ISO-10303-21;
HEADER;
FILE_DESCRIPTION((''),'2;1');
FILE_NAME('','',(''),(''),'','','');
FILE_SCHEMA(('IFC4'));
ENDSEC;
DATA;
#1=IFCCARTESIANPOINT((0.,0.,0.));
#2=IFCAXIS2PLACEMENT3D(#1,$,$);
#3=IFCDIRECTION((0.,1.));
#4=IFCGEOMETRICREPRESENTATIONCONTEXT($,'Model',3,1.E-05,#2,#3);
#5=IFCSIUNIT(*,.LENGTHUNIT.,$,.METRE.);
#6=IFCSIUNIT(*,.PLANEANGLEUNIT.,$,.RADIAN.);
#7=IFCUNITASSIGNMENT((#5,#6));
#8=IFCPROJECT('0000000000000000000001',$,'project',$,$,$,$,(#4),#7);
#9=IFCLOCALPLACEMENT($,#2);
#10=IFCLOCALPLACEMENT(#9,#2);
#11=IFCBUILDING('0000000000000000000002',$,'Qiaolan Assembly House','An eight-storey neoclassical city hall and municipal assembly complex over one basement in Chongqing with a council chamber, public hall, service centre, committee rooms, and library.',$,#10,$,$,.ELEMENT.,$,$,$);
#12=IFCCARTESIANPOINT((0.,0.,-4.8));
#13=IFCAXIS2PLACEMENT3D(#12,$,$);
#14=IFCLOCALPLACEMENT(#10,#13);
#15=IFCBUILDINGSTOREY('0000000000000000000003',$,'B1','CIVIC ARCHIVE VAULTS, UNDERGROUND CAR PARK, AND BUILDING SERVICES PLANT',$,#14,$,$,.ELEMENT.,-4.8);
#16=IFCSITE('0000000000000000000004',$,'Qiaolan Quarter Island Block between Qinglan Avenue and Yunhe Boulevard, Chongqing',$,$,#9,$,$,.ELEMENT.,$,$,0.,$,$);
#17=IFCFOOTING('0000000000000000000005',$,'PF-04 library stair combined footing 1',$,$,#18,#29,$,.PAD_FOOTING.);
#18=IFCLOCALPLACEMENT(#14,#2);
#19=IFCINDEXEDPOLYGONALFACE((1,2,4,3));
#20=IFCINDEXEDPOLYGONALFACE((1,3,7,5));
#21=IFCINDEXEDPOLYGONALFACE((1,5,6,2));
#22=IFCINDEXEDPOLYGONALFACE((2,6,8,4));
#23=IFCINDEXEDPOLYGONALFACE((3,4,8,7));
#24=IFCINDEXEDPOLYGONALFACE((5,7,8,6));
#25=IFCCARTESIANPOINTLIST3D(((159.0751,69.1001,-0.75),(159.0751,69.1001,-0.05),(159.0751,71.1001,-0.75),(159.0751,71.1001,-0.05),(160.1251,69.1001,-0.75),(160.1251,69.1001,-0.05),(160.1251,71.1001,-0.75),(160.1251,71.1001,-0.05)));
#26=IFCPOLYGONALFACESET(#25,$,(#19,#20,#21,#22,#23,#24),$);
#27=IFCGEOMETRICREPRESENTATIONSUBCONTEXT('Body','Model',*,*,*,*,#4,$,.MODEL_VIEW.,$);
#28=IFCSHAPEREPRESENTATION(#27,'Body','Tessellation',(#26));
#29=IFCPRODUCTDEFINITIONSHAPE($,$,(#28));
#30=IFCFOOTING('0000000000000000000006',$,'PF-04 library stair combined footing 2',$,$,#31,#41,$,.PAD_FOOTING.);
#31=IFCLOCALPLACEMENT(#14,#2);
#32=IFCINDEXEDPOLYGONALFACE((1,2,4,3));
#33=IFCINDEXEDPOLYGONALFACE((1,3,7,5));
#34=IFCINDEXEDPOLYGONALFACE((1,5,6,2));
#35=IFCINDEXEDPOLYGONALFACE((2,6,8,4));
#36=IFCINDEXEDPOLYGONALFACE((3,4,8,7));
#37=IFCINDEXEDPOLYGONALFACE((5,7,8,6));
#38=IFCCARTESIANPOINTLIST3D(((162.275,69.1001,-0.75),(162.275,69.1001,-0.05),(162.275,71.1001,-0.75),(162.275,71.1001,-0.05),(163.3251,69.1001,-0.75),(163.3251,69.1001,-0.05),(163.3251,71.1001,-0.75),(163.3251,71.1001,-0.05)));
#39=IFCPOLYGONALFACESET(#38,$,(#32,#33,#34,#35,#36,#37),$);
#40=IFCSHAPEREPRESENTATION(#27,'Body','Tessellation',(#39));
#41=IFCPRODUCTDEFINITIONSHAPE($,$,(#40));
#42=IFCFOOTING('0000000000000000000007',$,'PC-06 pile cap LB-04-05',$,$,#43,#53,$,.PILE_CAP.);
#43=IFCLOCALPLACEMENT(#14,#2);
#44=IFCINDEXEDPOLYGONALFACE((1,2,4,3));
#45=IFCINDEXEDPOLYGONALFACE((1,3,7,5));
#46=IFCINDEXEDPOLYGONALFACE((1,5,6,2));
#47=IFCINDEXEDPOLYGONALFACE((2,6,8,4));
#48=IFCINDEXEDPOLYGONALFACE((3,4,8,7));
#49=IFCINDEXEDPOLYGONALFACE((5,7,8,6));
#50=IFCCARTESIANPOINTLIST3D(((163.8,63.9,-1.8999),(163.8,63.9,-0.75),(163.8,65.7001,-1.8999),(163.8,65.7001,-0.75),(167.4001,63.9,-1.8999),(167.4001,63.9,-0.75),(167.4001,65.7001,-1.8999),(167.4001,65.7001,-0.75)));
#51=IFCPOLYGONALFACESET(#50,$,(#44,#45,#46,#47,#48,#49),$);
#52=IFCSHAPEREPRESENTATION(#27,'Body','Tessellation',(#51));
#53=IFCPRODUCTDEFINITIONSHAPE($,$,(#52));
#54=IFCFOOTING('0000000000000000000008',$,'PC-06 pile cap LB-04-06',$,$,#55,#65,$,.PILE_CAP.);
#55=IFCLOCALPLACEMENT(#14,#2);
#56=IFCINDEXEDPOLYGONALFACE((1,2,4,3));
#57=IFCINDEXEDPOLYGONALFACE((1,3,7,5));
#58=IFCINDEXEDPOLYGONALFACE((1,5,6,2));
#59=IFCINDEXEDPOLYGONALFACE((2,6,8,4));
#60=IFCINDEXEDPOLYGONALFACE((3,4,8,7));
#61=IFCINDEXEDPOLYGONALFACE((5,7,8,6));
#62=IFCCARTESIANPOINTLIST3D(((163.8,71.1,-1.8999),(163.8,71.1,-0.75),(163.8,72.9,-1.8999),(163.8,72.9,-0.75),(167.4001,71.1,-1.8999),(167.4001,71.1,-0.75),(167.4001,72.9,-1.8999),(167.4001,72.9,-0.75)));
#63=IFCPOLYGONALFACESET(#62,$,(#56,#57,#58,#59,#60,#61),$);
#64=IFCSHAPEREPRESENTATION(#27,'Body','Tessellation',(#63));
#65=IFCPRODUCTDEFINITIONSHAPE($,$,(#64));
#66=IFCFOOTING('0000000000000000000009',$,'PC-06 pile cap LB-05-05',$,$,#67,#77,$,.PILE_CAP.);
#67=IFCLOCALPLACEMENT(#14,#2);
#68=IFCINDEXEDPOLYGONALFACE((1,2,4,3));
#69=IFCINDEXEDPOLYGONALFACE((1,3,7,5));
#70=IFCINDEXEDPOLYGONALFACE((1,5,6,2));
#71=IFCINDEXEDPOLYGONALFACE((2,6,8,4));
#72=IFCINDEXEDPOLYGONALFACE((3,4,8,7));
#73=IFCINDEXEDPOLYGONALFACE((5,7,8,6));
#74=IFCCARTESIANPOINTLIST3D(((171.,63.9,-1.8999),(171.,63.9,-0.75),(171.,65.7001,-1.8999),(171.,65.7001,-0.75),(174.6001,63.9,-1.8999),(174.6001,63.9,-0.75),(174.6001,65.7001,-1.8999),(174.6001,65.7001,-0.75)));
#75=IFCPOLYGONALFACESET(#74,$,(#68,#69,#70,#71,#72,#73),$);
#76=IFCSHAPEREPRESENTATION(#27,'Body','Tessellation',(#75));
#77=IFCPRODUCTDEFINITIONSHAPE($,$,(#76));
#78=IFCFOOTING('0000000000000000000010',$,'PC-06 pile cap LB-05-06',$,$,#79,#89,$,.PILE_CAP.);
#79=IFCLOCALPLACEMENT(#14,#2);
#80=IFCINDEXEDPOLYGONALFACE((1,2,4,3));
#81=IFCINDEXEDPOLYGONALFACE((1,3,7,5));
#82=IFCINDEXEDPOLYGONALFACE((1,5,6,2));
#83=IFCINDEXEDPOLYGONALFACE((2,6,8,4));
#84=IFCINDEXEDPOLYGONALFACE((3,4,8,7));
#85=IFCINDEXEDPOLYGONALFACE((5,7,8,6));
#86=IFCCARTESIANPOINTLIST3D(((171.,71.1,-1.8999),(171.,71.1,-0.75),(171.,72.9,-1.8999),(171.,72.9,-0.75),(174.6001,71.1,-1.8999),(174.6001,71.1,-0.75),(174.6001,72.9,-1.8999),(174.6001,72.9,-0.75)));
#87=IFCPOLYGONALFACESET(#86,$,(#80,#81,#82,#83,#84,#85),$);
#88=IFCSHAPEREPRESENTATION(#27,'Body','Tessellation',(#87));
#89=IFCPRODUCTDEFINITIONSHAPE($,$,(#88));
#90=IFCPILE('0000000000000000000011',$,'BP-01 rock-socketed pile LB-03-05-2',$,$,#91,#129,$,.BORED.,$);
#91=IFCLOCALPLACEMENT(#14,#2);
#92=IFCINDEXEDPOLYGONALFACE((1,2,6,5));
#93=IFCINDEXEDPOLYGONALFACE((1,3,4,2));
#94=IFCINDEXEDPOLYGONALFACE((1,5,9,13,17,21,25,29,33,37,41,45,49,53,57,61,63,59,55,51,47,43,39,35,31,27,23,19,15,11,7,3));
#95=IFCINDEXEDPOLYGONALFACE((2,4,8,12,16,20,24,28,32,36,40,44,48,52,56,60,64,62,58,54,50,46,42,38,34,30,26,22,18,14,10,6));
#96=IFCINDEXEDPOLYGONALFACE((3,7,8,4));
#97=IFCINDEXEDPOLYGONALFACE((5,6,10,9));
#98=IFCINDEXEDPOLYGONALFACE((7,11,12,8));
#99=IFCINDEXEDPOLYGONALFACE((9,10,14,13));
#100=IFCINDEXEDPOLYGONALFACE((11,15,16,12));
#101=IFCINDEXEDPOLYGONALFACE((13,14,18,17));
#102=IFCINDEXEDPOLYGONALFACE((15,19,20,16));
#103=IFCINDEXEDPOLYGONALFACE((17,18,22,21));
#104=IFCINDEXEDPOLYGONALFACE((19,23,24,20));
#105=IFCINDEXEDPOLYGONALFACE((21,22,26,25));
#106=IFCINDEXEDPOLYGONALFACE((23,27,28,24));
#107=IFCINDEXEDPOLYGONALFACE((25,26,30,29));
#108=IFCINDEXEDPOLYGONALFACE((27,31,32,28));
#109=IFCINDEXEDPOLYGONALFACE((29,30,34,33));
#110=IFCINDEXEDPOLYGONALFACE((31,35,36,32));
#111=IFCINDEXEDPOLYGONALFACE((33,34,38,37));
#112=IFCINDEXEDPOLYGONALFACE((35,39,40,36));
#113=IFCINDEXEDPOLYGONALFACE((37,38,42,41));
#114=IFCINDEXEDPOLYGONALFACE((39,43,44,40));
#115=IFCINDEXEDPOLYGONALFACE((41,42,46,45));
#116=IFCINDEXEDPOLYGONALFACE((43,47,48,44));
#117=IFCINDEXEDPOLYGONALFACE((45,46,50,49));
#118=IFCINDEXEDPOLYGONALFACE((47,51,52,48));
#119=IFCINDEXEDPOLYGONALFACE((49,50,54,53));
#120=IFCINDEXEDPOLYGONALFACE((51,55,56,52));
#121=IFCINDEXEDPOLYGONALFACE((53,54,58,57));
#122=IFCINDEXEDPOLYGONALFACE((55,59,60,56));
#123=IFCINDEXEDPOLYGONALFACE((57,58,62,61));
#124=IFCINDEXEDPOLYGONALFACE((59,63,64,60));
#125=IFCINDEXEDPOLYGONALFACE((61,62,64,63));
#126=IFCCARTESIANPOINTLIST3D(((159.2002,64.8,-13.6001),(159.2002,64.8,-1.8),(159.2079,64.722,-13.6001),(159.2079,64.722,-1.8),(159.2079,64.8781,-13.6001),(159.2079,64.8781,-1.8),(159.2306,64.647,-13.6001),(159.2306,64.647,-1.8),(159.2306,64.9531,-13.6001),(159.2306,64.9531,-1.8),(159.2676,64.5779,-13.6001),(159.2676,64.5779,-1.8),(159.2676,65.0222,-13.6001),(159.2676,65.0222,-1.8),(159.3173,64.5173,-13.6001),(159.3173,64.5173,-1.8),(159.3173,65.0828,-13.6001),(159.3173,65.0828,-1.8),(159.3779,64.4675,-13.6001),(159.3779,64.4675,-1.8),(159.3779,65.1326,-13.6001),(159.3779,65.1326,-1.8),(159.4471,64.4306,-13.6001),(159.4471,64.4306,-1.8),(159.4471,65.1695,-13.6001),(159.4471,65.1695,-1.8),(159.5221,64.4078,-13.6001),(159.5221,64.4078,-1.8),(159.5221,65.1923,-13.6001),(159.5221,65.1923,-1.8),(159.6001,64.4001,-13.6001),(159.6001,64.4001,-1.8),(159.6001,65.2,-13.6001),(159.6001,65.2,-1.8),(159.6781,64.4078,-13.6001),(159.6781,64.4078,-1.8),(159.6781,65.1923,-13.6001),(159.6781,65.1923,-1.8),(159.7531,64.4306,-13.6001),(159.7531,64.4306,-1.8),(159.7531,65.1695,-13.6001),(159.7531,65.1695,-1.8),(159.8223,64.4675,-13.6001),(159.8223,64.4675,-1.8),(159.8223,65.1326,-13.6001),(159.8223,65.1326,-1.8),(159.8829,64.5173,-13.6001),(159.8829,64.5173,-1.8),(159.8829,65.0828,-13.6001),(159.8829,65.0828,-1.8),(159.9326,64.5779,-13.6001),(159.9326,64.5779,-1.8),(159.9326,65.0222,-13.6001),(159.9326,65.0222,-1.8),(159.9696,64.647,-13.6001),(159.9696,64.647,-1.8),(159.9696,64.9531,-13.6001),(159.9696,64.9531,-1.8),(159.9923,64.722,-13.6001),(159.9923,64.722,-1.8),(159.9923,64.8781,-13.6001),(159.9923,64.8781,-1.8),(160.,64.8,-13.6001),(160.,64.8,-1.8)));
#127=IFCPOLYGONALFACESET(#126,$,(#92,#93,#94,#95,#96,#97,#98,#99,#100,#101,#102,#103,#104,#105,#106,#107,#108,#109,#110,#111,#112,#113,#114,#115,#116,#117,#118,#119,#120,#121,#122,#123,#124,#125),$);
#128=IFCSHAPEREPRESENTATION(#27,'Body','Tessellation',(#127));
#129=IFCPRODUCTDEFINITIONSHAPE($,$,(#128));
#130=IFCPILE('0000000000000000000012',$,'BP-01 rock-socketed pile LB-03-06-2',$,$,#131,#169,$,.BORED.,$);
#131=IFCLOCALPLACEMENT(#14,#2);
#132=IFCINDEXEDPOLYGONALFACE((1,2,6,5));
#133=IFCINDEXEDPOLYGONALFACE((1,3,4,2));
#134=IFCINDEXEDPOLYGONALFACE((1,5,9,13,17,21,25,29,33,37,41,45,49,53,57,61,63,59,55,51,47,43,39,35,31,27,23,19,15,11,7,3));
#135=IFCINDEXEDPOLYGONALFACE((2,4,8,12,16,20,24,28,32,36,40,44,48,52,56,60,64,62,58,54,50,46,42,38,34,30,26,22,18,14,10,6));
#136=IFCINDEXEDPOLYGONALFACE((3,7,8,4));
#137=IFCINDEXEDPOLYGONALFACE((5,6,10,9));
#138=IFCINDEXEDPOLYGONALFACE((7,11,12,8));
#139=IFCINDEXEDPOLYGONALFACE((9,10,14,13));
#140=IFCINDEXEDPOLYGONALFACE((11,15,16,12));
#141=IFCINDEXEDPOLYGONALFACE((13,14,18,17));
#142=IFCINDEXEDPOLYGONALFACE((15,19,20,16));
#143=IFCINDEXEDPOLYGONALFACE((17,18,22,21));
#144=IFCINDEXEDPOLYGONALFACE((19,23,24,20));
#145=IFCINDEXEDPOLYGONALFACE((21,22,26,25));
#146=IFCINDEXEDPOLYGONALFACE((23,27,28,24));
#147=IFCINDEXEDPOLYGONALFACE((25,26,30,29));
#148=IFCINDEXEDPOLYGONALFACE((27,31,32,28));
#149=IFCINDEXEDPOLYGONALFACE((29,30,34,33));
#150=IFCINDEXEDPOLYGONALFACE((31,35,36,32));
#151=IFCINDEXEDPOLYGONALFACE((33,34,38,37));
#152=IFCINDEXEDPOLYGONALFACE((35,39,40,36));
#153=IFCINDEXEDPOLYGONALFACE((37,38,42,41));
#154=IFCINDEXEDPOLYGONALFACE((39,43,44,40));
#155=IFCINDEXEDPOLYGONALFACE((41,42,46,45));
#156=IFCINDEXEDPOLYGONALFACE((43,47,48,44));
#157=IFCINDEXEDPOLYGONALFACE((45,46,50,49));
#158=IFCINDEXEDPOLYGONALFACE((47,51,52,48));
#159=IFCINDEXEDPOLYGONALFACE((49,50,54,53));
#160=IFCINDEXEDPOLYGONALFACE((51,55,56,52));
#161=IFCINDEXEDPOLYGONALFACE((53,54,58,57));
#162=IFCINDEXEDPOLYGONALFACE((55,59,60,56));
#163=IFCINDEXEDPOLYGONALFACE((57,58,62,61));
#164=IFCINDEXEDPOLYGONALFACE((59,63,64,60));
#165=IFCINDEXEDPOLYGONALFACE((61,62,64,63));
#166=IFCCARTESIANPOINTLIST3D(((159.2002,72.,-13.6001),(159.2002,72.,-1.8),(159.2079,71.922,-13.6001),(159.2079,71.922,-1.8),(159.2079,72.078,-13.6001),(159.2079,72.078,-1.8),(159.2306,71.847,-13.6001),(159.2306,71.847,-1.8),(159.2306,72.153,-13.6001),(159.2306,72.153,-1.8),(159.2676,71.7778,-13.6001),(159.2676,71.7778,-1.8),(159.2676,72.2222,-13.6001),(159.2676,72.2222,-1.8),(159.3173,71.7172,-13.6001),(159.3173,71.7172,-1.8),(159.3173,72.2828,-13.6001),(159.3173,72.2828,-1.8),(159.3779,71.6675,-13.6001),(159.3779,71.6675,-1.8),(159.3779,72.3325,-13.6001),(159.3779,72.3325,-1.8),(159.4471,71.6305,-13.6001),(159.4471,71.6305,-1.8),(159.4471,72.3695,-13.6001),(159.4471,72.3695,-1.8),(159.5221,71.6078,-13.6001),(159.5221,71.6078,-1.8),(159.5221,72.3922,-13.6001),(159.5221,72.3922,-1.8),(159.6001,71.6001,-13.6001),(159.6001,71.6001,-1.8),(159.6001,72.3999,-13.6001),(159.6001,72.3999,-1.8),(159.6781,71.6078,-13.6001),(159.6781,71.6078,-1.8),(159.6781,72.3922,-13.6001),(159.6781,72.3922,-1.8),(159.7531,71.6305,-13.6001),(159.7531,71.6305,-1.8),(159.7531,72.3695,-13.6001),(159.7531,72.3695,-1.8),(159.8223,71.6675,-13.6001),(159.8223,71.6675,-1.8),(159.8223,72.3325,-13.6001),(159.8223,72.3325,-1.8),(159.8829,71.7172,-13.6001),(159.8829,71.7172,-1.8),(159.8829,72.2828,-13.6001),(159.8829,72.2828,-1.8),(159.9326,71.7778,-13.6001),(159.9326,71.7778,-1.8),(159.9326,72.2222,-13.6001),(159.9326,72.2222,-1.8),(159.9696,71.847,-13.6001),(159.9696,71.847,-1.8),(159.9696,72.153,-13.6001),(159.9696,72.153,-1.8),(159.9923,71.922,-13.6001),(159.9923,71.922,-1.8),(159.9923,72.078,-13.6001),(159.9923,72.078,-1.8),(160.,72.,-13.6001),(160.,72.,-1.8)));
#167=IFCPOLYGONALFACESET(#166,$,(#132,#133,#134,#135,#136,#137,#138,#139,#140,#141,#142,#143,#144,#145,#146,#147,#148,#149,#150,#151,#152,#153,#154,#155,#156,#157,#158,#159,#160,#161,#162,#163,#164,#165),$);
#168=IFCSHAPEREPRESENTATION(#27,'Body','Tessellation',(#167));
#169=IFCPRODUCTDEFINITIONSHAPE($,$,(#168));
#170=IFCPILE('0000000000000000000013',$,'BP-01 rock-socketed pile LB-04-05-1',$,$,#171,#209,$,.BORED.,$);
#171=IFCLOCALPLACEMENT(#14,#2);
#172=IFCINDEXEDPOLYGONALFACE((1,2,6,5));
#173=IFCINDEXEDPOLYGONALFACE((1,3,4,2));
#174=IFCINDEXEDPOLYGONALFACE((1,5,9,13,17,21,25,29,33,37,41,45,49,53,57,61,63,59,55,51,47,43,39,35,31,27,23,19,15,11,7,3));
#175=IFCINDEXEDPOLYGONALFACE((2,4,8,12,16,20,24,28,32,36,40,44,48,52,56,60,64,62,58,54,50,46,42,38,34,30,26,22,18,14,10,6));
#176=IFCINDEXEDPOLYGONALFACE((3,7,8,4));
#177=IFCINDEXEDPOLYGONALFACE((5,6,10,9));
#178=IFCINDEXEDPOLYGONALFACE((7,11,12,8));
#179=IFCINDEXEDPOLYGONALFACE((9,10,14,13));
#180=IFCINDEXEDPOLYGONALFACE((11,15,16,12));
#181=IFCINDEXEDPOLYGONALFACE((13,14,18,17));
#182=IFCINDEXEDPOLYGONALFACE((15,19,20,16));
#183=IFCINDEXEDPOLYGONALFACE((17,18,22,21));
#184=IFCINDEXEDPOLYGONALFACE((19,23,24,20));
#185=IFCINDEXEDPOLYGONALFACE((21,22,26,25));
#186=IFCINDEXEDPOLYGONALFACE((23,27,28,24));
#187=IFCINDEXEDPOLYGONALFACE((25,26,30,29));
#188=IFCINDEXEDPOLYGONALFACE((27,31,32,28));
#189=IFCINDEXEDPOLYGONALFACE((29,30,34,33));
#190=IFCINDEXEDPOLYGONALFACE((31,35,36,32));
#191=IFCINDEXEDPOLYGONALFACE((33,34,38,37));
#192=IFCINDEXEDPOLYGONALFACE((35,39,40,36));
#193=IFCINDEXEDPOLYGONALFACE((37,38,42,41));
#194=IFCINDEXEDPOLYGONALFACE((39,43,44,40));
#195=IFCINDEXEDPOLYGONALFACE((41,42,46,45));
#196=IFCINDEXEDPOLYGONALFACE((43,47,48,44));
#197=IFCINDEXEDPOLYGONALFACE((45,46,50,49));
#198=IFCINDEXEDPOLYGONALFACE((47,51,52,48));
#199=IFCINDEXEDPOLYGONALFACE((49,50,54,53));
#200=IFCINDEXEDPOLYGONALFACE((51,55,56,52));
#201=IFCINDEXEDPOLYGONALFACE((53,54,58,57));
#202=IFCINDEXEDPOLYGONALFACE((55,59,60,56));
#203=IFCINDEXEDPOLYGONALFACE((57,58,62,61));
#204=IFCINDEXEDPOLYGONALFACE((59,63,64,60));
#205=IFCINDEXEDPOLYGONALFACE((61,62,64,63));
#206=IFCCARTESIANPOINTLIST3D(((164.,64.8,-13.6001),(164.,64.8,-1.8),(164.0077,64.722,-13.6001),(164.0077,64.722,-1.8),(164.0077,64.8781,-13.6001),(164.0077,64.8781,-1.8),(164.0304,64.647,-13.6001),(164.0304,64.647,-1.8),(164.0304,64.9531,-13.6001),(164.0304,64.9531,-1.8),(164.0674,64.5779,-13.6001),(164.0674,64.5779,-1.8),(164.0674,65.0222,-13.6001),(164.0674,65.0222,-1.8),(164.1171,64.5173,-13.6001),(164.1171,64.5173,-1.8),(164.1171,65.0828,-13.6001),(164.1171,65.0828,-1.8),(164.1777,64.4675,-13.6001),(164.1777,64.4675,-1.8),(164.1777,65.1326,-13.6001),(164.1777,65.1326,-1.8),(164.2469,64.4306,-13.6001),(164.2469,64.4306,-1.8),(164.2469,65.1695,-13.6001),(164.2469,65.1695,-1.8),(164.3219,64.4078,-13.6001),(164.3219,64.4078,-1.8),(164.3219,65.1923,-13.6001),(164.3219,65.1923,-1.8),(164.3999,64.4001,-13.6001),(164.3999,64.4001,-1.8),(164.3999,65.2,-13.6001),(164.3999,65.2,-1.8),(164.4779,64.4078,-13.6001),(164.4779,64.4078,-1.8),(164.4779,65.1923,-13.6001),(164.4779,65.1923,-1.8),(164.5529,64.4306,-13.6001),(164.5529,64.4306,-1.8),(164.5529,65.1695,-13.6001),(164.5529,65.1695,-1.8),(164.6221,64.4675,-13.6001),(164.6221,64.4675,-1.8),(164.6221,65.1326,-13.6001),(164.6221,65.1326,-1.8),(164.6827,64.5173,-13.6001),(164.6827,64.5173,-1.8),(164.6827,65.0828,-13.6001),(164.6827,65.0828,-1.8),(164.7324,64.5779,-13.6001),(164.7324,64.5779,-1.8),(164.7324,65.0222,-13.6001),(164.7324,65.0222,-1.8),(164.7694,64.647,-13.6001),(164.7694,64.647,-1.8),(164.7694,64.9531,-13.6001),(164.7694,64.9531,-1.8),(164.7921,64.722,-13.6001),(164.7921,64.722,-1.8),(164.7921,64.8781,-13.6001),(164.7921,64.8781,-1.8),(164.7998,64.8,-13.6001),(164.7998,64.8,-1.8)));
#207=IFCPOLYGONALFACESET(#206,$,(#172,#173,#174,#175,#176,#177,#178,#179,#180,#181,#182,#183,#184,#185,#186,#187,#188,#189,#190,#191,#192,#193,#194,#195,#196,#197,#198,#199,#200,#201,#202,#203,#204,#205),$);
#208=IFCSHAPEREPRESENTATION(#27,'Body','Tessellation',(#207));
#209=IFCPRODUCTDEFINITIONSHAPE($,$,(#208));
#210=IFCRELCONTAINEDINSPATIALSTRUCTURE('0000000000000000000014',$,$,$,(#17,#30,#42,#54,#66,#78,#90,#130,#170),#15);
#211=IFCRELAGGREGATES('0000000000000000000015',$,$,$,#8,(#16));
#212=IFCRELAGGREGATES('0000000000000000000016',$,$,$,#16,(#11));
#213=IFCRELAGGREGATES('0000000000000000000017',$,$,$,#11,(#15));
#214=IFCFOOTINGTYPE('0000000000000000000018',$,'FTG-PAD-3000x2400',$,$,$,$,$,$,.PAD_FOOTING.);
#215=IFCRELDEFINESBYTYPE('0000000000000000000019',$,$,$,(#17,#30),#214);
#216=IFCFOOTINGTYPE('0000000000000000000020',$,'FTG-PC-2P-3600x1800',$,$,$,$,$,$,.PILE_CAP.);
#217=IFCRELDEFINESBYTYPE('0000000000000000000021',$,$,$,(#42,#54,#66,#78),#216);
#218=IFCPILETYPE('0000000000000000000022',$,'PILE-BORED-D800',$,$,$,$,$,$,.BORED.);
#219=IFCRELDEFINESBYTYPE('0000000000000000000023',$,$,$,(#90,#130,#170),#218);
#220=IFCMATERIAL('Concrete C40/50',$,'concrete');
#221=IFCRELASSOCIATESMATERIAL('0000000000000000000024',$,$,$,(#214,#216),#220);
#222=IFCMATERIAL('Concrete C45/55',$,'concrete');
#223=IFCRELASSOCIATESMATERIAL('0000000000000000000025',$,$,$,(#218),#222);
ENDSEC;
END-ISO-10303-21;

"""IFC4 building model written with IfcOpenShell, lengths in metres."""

from ifc_helpers import new_model, si_unit, direction, frame, origin, origin_2d, place, context, subcontext, project, spatial, rectangle, circle, extrude, material, material_profile, profile_set, type_object, element, save


model = new_model("IFC4")

# Units and contexts
model_context = context("Model", 3, precision=1e-05, world=origin(), true_north=direction((0.0, 1.0)))
body_context = subcontext(model_context, "Body", "Model", "MODEL_VIEW")
ifc_project = project(units=[si_unit("LENGTHUNIT", "METRE"), si_unit("PLANEANGLEUNIT", "RADIAN")], contexts=[model_context])

# Site, building, storey
site_placement = place(None, origin())
site = spatial("IfcSite", under=ifc_project, at=site_placement, Name="Qiaolan Quarter Island Block between Qinglan Avenue and Yunhe Boulevard, Chongqing", CompositionType="ELEMENT", RefElevation=0.0)
building_placement = place(site_placement, origin())
building = spatial("IfcBuilding", under=site, at=building_placement, Name="Qiaolan Assembly House", Description="An eight-storey neoclassical city hall and municipal assembly complex over one basement in Chongqing with a council chamber, public hall, service centre, committee rooms, and library.", CompositionType="ELEMENT")
storey_placement = place(building_placement, frame((0.0, 0.0, -4.8)))
storey = spatial("IfcBuildingStorey", under=building, at=storey_placement, Name="B1", Description="CIVIC ARCHIVE VAULTS, UNDERGROUND CAR PARK, AND BUILDING SERVICES PLANT", CompositionType="ELEMENT", Elevation=-4.8)

# Footings
ifc_material_1 = material(Name="Concrete C40/50", Category="concrete")
footing_type_1 = type_object("IfcFootingType", Name="FTG-PAD-3000x2400", PredefinedType="PAD_FOOTING", material=ifc_material_1)
for number, where, z_axis, x_axis, name in (
    (1, (159.6001, 70.1001, -0.75), (0.0, 0.0, 1.0), (1.0, 0.0, 0.0), "PF-04 library stair combined footing 1"),
    (2, (162.8, 70.1001, -0.75), (0.0, 0.0, 1.0), (1.0, 0.0, 0.0), "PF-04 library stair combined footing 2"),
):
    element("IfcFooting", number, at=place(storey_placement, frame(where, z_axis=z_axis, x_axis=x_axis)), inside=storey, type_object=footing_type_1, Name=name, PredefinedType="PAD_FOOTING", context=body_context, shape_type="SweptSolid", body=[
        extrude(rectangle(XDim=1.05, YDim=2.0, at=origin_2d()), origin(), (0.0, 0.0, 1.0), 0.7),
    ])
footing_type_2 = type_object("IfcFootingType", Name="FTG-PC-2P-3600x1800", PredefinedType="PILE_CAP", material=ifc_material_1)
for number, where, z_axis, x_axis, name in (
    (3, (165.6001, 64.8, -1.8999), (0.0, 0.0, 1.0), (1.0, 0.0, 0.0), "PC-06 pile cap LB-04-05"),
    (4, (165.6001, 72.0, -1.8999), (0.0, 0.0, 1.0), (1.0, 0.0, 0.0), "PC-06 pile cap LB-04-06"),
    (5, (172.8, 64.8, -1.8999), (0.0, 0.0, 1.0), (1.0, 0.0, 0.0), "PC-06 pile cap LB-05-05"),
    (6, (172.8, 72.0, -1.8999), (0.0, 0.0, 1.0), (1.0, 0.0, 0.0), "PC-06 pile cap LB-05-06"),
):
    element("IfcFooting", number, at=place(storey_placement, frame(where, z_axis=z_axis, x_axis=x_axis)), inside=storey, type_object=footing_type_2, Name=name, PredefinedType="PILE_CAP", context=body_context, shape_type="SweptSolid", body=[
        extrude(rectangle(XDim=3.6001, YDim=1.8, at=origin_2d()), origin(), (0.0, 0.0, 1.0), 1.1499),
    ])

# Piles
ifc_material_2 = material(Name="Concrete C45/55", Category="concrete")
ifc_material_profile_1 = material_profile(ifc_material_2, circle(Radius=0.3999, at=origin_2d()), Name="PILE D800")
ifc_profile_set_1 = profile_set([ifc_material_profile_1], Name="Concrete C45/55")
pile_type = type_object("IfcPileType", Name="PILE-BORED-D800", PredefinedType="BORED", material=ifc_profile_set_1)
for number, where, z_axis, x_axis, name in (
    (7, (159.6001, 64.8, -1.8), (0.0, 0.0, -1.0), (1.0, 0.0, 0.0), "BP-01 rock-socketed pile LB-03-05-2"),
    (8, (159.6001, 72.0, -1.8), (0.0, 0.0, -1.0), (1.0, 0.0, 0.0), "BP-01 rock-socketed pile LB-03-06-2"),
    (9, (164.3999, 64.8, -1.8), (0.0, 0.0, -1.0), (1.0, 0.0, 0.0), "BP-01 rock-socketed pile LB-04-05-1"),
):
    element("IfcPile", number, at=place(storey_placement, frame(where, z_axis=z_axis, x_axis=x_axis)), inside=storey, type_object=pile_type, Name=name, PredefinedType="BORED", context=body_context, shape_type="SweptSolid", body=[
        extrude(circle(Radius=0.3999, at=origin_2d()), origin(), (0.0, 0.0, 1.0), 11.8),
    ])

save(model, "model.ifc")
